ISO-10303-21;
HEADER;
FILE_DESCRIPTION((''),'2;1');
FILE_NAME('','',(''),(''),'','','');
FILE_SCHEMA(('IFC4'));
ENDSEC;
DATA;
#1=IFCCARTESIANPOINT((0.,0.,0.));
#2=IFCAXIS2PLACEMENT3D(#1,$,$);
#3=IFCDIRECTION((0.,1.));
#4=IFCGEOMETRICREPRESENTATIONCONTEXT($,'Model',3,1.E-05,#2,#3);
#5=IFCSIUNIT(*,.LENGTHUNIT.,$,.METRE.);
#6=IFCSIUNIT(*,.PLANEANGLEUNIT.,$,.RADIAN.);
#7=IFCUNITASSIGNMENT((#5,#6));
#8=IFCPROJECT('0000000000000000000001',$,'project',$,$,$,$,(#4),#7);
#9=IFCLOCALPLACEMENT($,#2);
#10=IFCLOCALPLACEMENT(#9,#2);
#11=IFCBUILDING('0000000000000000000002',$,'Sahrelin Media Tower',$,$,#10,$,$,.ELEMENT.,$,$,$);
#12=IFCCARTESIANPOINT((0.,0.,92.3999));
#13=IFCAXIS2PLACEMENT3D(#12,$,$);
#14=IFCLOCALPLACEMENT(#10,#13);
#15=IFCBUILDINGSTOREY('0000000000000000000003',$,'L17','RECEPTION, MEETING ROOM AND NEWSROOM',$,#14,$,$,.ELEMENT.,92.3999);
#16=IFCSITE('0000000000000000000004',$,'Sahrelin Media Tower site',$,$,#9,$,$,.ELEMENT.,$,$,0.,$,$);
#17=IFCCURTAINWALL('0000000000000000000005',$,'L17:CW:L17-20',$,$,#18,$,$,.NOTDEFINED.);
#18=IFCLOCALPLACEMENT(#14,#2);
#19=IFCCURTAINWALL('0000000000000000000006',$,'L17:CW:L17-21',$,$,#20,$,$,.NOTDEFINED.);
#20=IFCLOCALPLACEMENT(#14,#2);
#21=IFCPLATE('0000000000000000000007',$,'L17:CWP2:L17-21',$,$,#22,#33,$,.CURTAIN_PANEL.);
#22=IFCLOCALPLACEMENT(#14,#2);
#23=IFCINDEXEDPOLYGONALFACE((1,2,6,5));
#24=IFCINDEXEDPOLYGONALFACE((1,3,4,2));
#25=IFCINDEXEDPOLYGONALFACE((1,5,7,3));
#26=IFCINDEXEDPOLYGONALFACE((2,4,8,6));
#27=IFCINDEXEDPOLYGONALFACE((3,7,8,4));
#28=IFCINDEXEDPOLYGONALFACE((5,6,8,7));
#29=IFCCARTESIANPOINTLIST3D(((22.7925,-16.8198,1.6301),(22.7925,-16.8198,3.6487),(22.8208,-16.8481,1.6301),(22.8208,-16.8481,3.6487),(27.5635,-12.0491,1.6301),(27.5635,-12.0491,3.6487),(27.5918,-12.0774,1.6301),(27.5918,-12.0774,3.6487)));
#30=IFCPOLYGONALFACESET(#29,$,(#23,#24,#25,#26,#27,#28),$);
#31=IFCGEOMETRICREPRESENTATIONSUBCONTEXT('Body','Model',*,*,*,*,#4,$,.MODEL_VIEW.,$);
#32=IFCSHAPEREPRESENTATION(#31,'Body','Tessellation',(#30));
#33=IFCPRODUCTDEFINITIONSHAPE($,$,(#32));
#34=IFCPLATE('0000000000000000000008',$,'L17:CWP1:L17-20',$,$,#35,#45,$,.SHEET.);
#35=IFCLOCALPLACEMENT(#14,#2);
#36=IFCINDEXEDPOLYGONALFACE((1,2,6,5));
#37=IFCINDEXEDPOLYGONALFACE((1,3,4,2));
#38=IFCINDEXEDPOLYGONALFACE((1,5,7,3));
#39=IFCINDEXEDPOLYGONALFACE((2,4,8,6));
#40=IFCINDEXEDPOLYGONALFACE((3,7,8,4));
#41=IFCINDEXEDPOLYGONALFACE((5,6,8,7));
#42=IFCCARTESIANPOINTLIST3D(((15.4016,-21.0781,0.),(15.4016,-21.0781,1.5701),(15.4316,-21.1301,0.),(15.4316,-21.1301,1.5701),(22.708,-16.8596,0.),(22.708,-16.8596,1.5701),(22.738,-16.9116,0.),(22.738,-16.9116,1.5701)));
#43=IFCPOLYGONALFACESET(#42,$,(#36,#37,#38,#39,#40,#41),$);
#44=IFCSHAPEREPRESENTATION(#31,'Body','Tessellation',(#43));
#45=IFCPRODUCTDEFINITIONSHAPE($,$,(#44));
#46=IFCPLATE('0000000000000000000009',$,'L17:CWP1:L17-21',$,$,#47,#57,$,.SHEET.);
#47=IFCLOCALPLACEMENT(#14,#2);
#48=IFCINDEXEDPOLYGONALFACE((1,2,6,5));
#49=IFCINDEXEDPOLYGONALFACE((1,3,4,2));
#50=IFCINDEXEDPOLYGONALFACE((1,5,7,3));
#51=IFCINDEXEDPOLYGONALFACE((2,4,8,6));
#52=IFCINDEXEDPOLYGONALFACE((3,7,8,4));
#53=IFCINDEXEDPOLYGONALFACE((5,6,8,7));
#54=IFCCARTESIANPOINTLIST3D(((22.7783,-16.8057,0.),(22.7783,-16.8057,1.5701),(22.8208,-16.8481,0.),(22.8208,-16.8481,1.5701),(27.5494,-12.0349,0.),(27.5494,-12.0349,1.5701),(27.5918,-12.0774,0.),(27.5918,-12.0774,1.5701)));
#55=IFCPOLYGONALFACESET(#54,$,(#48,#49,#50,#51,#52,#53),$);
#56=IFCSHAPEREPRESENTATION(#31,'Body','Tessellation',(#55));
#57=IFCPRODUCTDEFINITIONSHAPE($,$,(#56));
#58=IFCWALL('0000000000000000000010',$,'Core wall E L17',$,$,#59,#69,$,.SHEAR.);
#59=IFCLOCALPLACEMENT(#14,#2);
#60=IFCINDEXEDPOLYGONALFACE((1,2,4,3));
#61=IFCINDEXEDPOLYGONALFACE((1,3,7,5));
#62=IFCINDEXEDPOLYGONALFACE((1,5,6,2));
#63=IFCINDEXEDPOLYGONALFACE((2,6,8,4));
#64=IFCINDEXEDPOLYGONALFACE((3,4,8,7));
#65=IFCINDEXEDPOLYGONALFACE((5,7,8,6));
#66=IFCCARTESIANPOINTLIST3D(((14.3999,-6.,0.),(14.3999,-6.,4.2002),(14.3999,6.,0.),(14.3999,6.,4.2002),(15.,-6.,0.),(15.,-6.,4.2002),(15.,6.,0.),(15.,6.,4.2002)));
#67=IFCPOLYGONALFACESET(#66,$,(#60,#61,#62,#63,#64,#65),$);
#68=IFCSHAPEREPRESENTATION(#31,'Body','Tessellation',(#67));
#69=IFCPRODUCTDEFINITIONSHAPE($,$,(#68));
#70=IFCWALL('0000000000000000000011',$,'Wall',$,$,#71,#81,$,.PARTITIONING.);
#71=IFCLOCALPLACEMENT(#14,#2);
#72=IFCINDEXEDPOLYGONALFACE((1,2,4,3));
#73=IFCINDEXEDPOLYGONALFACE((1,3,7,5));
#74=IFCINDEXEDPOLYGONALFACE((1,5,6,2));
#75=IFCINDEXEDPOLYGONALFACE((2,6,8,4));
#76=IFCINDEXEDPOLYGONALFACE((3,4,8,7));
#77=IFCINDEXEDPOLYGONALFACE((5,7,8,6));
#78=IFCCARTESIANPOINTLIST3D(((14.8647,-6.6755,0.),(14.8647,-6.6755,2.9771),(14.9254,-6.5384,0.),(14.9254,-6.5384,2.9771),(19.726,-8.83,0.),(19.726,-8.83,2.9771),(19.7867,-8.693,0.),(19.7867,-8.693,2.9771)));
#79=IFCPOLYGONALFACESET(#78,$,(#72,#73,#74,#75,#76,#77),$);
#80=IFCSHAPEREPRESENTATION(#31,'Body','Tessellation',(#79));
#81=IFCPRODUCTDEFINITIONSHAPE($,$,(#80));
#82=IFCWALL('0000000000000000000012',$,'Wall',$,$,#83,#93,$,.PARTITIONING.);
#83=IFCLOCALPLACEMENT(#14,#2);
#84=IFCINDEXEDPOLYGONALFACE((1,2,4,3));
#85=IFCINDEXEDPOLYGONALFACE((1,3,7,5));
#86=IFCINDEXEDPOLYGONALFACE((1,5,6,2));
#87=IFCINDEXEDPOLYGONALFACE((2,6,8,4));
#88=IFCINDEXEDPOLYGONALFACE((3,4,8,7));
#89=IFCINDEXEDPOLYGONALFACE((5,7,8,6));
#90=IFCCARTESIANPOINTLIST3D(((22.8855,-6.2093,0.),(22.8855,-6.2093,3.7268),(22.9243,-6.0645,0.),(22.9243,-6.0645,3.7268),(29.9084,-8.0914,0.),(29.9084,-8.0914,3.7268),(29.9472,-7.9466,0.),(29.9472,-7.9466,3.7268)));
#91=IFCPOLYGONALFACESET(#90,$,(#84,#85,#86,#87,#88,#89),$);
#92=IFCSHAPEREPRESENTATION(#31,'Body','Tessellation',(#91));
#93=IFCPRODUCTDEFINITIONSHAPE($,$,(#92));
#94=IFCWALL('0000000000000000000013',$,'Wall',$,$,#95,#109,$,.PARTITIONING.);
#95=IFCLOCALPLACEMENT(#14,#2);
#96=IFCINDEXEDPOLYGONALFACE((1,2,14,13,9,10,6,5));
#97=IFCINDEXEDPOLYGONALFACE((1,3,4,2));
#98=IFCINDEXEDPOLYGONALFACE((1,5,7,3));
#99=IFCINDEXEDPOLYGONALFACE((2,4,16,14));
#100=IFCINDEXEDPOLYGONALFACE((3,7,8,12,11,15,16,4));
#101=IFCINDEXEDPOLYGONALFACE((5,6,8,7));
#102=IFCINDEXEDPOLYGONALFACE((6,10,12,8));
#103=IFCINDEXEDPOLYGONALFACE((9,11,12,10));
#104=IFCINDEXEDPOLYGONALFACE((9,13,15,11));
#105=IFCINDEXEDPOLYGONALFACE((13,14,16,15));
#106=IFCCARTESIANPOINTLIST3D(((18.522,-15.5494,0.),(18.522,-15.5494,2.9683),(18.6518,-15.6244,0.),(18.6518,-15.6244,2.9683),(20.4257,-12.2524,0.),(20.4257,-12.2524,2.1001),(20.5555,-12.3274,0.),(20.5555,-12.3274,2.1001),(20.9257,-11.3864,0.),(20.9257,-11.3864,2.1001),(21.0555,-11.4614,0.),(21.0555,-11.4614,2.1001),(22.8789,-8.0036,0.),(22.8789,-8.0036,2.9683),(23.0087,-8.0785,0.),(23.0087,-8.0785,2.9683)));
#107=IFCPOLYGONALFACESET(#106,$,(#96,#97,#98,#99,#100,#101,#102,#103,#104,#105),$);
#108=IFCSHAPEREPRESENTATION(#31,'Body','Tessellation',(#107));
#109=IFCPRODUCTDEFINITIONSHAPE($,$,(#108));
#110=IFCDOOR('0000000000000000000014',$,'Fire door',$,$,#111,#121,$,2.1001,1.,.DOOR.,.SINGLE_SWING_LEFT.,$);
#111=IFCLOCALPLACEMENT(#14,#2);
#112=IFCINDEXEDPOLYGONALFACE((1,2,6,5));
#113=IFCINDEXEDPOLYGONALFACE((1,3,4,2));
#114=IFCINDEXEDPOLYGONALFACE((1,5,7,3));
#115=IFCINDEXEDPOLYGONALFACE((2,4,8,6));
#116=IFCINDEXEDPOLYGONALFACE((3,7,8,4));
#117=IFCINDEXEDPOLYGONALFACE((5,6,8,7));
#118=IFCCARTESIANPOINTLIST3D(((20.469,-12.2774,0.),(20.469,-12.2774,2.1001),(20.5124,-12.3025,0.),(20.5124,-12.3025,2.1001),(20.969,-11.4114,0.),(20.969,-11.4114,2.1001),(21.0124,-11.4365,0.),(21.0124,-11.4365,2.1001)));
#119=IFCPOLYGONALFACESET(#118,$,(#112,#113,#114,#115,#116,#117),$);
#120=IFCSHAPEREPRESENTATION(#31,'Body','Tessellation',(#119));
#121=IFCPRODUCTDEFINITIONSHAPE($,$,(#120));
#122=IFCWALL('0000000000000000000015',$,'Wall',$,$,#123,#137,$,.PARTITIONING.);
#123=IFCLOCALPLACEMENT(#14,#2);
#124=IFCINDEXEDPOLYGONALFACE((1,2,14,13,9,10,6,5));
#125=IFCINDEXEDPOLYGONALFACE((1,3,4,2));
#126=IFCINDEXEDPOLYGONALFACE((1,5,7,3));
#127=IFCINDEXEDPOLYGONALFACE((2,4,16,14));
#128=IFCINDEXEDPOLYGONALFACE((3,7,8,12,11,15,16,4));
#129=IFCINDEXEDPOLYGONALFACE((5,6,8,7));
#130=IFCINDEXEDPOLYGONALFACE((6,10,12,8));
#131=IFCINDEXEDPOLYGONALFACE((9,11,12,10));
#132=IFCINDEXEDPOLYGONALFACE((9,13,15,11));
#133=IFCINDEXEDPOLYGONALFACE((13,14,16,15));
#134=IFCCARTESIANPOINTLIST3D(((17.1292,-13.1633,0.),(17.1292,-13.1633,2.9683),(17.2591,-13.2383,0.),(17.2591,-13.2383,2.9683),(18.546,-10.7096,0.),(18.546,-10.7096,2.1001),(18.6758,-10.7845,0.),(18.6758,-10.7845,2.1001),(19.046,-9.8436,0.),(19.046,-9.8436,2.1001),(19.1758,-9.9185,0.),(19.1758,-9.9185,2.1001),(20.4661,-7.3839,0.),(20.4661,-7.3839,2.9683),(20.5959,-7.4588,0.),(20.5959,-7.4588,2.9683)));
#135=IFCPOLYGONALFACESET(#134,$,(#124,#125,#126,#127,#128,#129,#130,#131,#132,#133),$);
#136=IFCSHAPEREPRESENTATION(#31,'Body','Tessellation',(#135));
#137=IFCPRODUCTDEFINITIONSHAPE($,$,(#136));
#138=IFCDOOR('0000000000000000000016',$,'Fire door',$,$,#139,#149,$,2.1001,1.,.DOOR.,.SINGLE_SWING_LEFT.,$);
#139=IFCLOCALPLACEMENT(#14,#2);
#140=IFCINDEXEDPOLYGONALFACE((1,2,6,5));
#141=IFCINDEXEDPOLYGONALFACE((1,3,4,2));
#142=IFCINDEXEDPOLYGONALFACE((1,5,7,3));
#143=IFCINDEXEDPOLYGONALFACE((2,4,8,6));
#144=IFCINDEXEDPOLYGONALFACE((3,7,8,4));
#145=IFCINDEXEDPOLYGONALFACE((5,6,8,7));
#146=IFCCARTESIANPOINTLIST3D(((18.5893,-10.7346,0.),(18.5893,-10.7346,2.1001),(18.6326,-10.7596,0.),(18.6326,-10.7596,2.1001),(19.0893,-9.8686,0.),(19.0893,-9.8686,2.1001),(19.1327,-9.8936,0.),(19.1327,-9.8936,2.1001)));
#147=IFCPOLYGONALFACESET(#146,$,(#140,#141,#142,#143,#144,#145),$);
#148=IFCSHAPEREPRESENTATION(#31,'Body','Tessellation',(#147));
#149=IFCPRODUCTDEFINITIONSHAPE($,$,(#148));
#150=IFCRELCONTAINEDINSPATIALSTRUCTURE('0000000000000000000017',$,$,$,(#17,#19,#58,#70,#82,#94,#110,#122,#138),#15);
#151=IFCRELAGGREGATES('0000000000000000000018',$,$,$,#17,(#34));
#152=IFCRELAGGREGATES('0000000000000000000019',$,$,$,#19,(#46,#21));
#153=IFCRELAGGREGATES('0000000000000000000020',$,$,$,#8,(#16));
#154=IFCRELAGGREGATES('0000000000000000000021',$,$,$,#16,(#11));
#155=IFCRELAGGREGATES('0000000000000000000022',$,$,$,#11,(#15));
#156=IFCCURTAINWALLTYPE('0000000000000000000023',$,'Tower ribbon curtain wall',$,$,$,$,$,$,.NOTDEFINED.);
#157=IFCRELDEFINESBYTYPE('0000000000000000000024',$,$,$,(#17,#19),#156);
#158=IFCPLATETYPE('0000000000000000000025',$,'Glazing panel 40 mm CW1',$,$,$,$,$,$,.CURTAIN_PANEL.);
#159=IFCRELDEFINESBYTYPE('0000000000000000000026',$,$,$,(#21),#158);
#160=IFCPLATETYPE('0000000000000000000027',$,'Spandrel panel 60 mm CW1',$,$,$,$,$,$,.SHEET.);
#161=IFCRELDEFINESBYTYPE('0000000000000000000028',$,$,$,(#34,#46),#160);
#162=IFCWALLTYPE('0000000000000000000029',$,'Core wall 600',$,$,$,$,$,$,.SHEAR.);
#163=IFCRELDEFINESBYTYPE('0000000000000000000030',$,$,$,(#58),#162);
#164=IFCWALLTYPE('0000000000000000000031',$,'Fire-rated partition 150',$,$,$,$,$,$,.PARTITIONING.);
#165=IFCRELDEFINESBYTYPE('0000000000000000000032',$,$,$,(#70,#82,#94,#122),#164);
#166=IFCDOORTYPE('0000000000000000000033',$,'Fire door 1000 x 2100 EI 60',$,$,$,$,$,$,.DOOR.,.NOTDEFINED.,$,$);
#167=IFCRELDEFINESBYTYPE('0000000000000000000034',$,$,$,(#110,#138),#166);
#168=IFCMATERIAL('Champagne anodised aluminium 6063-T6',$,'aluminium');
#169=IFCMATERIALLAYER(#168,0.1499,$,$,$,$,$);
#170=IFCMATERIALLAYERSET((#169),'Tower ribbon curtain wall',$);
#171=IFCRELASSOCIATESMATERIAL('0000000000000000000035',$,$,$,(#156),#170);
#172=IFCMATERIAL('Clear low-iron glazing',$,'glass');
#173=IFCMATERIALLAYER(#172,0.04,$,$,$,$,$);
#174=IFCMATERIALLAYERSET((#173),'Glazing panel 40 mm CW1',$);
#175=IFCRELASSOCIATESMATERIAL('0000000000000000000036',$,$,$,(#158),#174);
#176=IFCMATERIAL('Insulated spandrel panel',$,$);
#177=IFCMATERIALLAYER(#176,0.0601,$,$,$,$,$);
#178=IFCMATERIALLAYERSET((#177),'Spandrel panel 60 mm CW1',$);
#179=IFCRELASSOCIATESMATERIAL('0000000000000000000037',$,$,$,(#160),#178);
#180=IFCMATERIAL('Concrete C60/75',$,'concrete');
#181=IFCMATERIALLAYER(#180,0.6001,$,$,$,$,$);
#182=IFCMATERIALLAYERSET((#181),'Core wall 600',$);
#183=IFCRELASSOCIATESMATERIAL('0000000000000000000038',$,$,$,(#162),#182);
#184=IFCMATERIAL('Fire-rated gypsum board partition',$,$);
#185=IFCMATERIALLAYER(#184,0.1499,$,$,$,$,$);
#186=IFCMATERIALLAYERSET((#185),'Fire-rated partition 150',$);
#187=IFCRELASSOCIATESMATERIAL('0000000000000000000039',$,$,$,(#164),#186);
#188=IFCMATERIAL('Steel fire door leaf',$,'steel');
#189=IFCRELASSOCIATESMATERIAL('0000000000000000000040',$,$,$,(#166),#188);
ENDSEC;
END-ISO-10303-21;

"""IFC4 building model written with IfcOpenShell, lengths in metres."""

from ifc_helpers import new_model, si_unit, direction, frame, frame_2d, origin, place, context, subcontext, project, spatial, polyline, rectangle, outline, extrude, material, layer, layer_set, type_object, element, fill, aggregate, save


model = new_model("IFC4")

# Units and contexts
model_context = context("Model", 3, precision=1e-05, world=origin(), true_north=direction((0.0, 1.0)))
body_context = subcontext(model_context, "Body", "Model", "MODEL_VIEW")
ifc_project = project(units=[si_unit("LENGTHUNIT", "METRE"), si_unit("PLANEANGLEUNIT", "RADIAN")], contexts=[model_context])

# Site, building, storey
site_placement = place(None, origin())
site = spatial("IfcSite", under=ifc_project, at=site_placement, Name="Sahrelin Media Tower site", CompositionType="ELEMENT", RefElevation=0.0)
building_placement = place(site_placement, origin())
building = spatial("IfcBuilding", under=site, at=building_placement, Name="Sahrelin Media Tower", CompositionType="ELEMENT")
storey_placement = place(building_placement, frame((0.0, 0.0, 92.3999)))
storey = spatial("IfcBuildingStorey", under=building, at=storey_placement, Name="L17", Description="RECEPTION, MEETING ROOM AND NEWSROOM", CompositionType="ELEMENT", Elevation=92.3999)

# Curtain wall
ifc_material_1 = material(Name="Champagne anodised aluminium 6063-T6", Category="aluminium")
ifc_layer_1 = layer(ifc_material_1, 0.1499)
ifc_layer_set_1 = layer_set([ifc_layer_1], Name="Tower ribbon curtain wall")
curtain_wall_type = type_object("IfcCurtainWallType", Name="Tower ribbon curtain wall", PredefinedType="NOTDEFINED", material=ifc_layer_set_1)
curtain_wall_1_placement = place(storey_placement, frame((19.075, -19.0037, 0.0), z_axis=(0.0, 0.0, 1.0), x_axis=(1.0, 0.0, 0.0)))
curtain_wall_1 = element("IfcCurtainWall", 1, at=curtain_wall_1_placement, inside=storey, type_object=curtain_wall_type, Name="L17:CW:L17-20", PredefinedType="NOTDEFINED")

# Curtain wall
curtain_wall_2_placement = place(storey_placement, frame((25.1921, -14.4485, 0.0), z_axis=(0.0, 0.0, 1.0), x_axis=(1.0, 0.0, 0.0)))
curtain_wall_2 = element("IfcCurtainWall", 2, at=curtain_wall_2_placement, inside=storey, type_object=curtain_wall_type, Name="L17:CW:L17-21", PredefinedType="NOTDEFINED")

# Plates
ifc_material_2 = material(Name="Clear low-iron glazing", Category="glass")
ifc_layer_2 = layer(ifc_material_2, 0.04)
ifc_layer_set_2 = layer_set([ifc_layer_2], Name="Glazing panel 40 mm CW1")
plate_type_1 = type_object("IfcPlateType", Name="Glazing panel 40 mm CW1", PredefinedType="CURTAIN_PANEL", material=ifc_layer_set_2)
plate_1_placement = place(storey_placement, frame((22.8208, -16.8481, 1.6301), z_axis=(0.707089, -0.707125, 0.0), x_axis=(0.707125, 0.707089, 0.0)))
plate_1 = element("IfcPlate", 3, at=plate_1_placement, type_object=plate_type_1, Name="L17:CWP2:L17-21", PredefinedType="CURTAIN_PANEL", context=body_context, shape_type="SweptSolid", body=[
    extrude(outline(polyline([(0.0, 0.0), (6.7471, 0.0), (6.7471, 2.0186), (0.0, 2.0186), (0.0, 0.0)])), origin(), (0.0, 0.0, -1.0), 0.04),
])
ifc_material_3 = material(Name="Insulated spandrel panel")
ifc_layer_3 = layer(ifc_material_3, 0.0601)
ifc_layer_set_3 = layer_set([ifc_layer_3], Name="Spandrel panel 60 mm CW1")
plate_type_2 = type_object("IfcPlateType", Name="Spandrel panel 60 mm CW1", PredefinedType="SHEET", material=ifc_layer_set_3)
plate_2_placement = place(storey_placement, frame((15.4316, -21.1301, 0.0), z_axis=(0.500014, -0.866017, 0.0), x_axis=(0.866017, 0.500014, 0.0)))
plate_2 = element("IfcPlate", 4, at=plate_2_placement, type_object=plate_type_2, Name="L17:CWP1:L17-20", PredefinedType="SHEET", context=body_context, shape_type="SweptSolid", body=[
    extrude(outline(polyline([(0.0, 0.0), (8.4368, 0.0), (8.4368, 1.5701), (0.0, 1.5701), (0.0, 0.0)])), origin(), (0.0, 0.0, -1.0), 0.0601),
])
aggregate(curtain_wall_1, [plate_2])
plate_3_placement = place(storey_placement, frame((22.8208, -16.8481, 0.0), z_axis=(0.707089, -0.707125, 0.0), x_axis=(0.707125, 0.707089, 0.0)))
plate_3 = element("IfcPlate", 5, at=plate_3_placement, type_object=plate_type_2, Name="L17:CWP1:L17-21", PredefinedType="SHEET", context=body_context, shape_type="SweptSolid", body=[
    extrude(outline(polyline([(0.0, 0.0), (6.7471, 0.0), (6.7471, 1.5701), (0.0, 1.5701), (0.0, 0.0)])), origin(), (0.0, 0.0, -1.0), 0.0601),
])
aggregate(curtain_wall_2, [plate_3, plate_1])

# Walls
ifc_material_4 = material(Name="Concrete C60/75", Category="concrete")
ifc_layer_4 = layer(ifc_material_4, 0.6001)
ifc_layer_set_4 = layer_set([ifc_layer_4], Name="Core wall 600")
wall_type_1 = type_object("IfcWallType", Name="Core wall 600", PredefinedType="SHEAR", material=ifc_layer_set_4)
wall_1_placement = place(storey_placement, frame((14.7, -6.0, 0.0), z_axis=(0.0, 0.0, 1.0), x_axis=(0.0, 1.0, 0.0)))
element("IfcWall", 6, at=wall_1_placement, inside=storey, type_object=wall_type_1, Name="Core wall E L17", PredefinedType="SHEAR", context=body_context, shape_type="SweptSolid", body=[
    extrude(rectangle(XDim=12.0, YDim=0.6001, at=frame_2d((6.0, 0.0))), origin(), (0.0, 0.0, 1.0), 4.2002),
])
ifc_material_5 = material(Name="Fire-rated gypsum board partition")
ifc_layer_5 = layer(ifc_material_5, 0.1499)
ifc_layer_set_5 = layer_set([ifc_layer_5], Name="Fire-rated partition 150")
wall_type_2 = type_object("IfcWallType", Name="Fire-rated partition 150", PredefinedType="PARTITIONING", material=ifc_layer_set_5)
wall_2_placement = place(storey_placement, frame((14.895, -6.6069, 0.0), z_axis=(0.0, 0.0, 1.0), x_axis=(0.914233, -0.405188, 0.0)))
element("IfcWall", 7, at=wall_2_placement, inside=storey, type_object=wall_type_2, Name="Wall", PredefinedType="PARTITIONING", context=body_context, shape_type="SweptSolid", body=[
    extrude(rectangle(XDim=5.3174, YDim=0.1499, at=frame_2d((2.6587, 0.0))), origin(), (0.0, 0.0, 1.0), 2.9771),
])
wall_3_placement = place(storey_placement, frame((22.905, -6.137, 0.0), z_axis=(0.0, 0.0, 1.0), x_axis=(0.965916, -0.258856, 0.0)))
element("IfcWall", 8, at=wall_3_placement, inside=storey, type_object=wall_type_2, Name="Wall", PredefinedType="PARTITIONING", context=body_context, shape_type="SweptSolid", body=[
    extrude(rectangle(XDim=7.2708, YDim=0.1499, at=frame_2d((3.6353, 0.0))), origin(), (0.0, 0.0, 1.0), 3.7268),
])

# Walls, openings, doors
wall_4_placement = place(storey_placement, frame((18.5869, -15.5869, 0.0), z_axis=(0.0, 0.0, 1.0), x_axis=(0.500026, 0.86601, 0.0)))
wall_4 = element("IfcWall", 9, at=wall_4_placement, inside=storey, type_object=wall_type_2, Name="Wall", PredefinedType="PARTITIONING", context=body_context, shape_type="SweptSolid", body=[
    extrude(rectangle(XDim=8.7134, YDim=0.1499, at=frame_2d((4.3567, 0.0))), origin(), (0.0, 0.0, 1.0), 2.9683),
])
opening_1_placement = place(wall_4_placement, frame((3.8071, 0.0, 0.0)))
opening_1 = element("IfcOpeningElement", 10, at=opening_1_placement, cuts=wall_4, PredefinedType="OPENING", context=body_context, shape_type="SweptSolid", body=[
    extrude(rectangle(XDim=1.0, YDim=2.1001, at=frame_2d((0.5, 1.05))), frame((0.0, 0.075, 0.0), z_axis=(0.0, -1.0, 0.0), x_axis=(1.0, 0.0, 0.0)), (0.0, 0.0, 1.0), 0.1499),
])
ifc_material_6 = material(Name="Steel fire door leaf", Category="steel")
door_type = type_object("IfcDoorType", Name="Fire door 1000 x 2100 EI 60", OperationType="NOTDEFINED", PredefinedType="DOOR", material=ifc_material_6)
door_1_placement = place(opening_1_placement, origin())
door_1 = element("IfcDoor", 11, at=door_1_placement, inside=storey, type_object=door_type, Name="Fire door", OperationType="SINGLE_SWING_LEFT", OverallHeight=2.1001, OverallWidth=1.0, PredefinedType="DOOR", context=body_context, shape_type="SweptSolid", body=[
    extrude(rectangle(XDim=1.0, YDim=2.1001, at=frame_2d((0.5, 1.05))), frame((0.0, 0.0249, 0.0), z_axis=(0.0, -1.0, 0.0), x_axis=(1.0, 0.0, 0.0)), (0.0, 0.0, 1.0), 0.05),
])
fill(opening_1, door_1)
wall_5_placement = place(storey_placement, frame((17.1941, -13.2009, 0.0), z_axis=(0.0, 0.0, 1.0), x_axis=(0.500011, 0.866019, 0.0)))
wall_5 = element("IfcWall", 12, at=wall_5_placement, inside=storey, type_object=wall_type_2, Name="Wall", PredefinedType="PARTITIONING", context=body_context, shape_type="SweptSolid", body=[
    extrude(rectangle(XDim=6.6736, YDim=0.1499, at=frame_2d((3.3369, 0.0))), origin(), (0.0, 0.0, 1.0), 2.9683),
])
opening_2_placement = place(wall_5_placement, frame((2.8335, 0.0, 0.0)))
opening_2 = element("IfcOpeningElement", 13, at=opening_2_placement, cuts=wall_5, PredefinedType="OPENING", context=body_context, shape_type="SweptSolid", body=[
    extrude(rectangle(XDim=1.0, YDim=2.1001, at=frame_2d((0.5, 1.05))), frame((0.0, 0.075, 0.0), z_axis=(0.0, -1.0, 0.0), x_axis=(1.0, 0.0, 0.0)), (0.0, 0.0, 1.0), 0.1499),
])
door_2_placement = place(opening_2_placement, origin())
door_2 = element("IfcDoor", 14, at=door_2_placement, inside=storey, type_object=door_type, Name="Fire door", OperationType="SINGLE_SWING_LEFT", OverallHeight=2.1001, OverallWidth=1.0, PredefinedType="DOOR", context=body_context, shape_type="SweptSolid", body=[
    extrude(rectangle(XDim=1.0, YDim=2.1001, at=frame_2d((0.5, 1.05))), frame((0.0, 0.0249, 0.0), z_axis=(0.0, -1.0, 0.0), x_axis=(1.0, 0.0, 0.0)), (0.0, 0.0, 1.0), 0.05),
])
fill(opening_2, door_2)

save(model, "model.ifc")
